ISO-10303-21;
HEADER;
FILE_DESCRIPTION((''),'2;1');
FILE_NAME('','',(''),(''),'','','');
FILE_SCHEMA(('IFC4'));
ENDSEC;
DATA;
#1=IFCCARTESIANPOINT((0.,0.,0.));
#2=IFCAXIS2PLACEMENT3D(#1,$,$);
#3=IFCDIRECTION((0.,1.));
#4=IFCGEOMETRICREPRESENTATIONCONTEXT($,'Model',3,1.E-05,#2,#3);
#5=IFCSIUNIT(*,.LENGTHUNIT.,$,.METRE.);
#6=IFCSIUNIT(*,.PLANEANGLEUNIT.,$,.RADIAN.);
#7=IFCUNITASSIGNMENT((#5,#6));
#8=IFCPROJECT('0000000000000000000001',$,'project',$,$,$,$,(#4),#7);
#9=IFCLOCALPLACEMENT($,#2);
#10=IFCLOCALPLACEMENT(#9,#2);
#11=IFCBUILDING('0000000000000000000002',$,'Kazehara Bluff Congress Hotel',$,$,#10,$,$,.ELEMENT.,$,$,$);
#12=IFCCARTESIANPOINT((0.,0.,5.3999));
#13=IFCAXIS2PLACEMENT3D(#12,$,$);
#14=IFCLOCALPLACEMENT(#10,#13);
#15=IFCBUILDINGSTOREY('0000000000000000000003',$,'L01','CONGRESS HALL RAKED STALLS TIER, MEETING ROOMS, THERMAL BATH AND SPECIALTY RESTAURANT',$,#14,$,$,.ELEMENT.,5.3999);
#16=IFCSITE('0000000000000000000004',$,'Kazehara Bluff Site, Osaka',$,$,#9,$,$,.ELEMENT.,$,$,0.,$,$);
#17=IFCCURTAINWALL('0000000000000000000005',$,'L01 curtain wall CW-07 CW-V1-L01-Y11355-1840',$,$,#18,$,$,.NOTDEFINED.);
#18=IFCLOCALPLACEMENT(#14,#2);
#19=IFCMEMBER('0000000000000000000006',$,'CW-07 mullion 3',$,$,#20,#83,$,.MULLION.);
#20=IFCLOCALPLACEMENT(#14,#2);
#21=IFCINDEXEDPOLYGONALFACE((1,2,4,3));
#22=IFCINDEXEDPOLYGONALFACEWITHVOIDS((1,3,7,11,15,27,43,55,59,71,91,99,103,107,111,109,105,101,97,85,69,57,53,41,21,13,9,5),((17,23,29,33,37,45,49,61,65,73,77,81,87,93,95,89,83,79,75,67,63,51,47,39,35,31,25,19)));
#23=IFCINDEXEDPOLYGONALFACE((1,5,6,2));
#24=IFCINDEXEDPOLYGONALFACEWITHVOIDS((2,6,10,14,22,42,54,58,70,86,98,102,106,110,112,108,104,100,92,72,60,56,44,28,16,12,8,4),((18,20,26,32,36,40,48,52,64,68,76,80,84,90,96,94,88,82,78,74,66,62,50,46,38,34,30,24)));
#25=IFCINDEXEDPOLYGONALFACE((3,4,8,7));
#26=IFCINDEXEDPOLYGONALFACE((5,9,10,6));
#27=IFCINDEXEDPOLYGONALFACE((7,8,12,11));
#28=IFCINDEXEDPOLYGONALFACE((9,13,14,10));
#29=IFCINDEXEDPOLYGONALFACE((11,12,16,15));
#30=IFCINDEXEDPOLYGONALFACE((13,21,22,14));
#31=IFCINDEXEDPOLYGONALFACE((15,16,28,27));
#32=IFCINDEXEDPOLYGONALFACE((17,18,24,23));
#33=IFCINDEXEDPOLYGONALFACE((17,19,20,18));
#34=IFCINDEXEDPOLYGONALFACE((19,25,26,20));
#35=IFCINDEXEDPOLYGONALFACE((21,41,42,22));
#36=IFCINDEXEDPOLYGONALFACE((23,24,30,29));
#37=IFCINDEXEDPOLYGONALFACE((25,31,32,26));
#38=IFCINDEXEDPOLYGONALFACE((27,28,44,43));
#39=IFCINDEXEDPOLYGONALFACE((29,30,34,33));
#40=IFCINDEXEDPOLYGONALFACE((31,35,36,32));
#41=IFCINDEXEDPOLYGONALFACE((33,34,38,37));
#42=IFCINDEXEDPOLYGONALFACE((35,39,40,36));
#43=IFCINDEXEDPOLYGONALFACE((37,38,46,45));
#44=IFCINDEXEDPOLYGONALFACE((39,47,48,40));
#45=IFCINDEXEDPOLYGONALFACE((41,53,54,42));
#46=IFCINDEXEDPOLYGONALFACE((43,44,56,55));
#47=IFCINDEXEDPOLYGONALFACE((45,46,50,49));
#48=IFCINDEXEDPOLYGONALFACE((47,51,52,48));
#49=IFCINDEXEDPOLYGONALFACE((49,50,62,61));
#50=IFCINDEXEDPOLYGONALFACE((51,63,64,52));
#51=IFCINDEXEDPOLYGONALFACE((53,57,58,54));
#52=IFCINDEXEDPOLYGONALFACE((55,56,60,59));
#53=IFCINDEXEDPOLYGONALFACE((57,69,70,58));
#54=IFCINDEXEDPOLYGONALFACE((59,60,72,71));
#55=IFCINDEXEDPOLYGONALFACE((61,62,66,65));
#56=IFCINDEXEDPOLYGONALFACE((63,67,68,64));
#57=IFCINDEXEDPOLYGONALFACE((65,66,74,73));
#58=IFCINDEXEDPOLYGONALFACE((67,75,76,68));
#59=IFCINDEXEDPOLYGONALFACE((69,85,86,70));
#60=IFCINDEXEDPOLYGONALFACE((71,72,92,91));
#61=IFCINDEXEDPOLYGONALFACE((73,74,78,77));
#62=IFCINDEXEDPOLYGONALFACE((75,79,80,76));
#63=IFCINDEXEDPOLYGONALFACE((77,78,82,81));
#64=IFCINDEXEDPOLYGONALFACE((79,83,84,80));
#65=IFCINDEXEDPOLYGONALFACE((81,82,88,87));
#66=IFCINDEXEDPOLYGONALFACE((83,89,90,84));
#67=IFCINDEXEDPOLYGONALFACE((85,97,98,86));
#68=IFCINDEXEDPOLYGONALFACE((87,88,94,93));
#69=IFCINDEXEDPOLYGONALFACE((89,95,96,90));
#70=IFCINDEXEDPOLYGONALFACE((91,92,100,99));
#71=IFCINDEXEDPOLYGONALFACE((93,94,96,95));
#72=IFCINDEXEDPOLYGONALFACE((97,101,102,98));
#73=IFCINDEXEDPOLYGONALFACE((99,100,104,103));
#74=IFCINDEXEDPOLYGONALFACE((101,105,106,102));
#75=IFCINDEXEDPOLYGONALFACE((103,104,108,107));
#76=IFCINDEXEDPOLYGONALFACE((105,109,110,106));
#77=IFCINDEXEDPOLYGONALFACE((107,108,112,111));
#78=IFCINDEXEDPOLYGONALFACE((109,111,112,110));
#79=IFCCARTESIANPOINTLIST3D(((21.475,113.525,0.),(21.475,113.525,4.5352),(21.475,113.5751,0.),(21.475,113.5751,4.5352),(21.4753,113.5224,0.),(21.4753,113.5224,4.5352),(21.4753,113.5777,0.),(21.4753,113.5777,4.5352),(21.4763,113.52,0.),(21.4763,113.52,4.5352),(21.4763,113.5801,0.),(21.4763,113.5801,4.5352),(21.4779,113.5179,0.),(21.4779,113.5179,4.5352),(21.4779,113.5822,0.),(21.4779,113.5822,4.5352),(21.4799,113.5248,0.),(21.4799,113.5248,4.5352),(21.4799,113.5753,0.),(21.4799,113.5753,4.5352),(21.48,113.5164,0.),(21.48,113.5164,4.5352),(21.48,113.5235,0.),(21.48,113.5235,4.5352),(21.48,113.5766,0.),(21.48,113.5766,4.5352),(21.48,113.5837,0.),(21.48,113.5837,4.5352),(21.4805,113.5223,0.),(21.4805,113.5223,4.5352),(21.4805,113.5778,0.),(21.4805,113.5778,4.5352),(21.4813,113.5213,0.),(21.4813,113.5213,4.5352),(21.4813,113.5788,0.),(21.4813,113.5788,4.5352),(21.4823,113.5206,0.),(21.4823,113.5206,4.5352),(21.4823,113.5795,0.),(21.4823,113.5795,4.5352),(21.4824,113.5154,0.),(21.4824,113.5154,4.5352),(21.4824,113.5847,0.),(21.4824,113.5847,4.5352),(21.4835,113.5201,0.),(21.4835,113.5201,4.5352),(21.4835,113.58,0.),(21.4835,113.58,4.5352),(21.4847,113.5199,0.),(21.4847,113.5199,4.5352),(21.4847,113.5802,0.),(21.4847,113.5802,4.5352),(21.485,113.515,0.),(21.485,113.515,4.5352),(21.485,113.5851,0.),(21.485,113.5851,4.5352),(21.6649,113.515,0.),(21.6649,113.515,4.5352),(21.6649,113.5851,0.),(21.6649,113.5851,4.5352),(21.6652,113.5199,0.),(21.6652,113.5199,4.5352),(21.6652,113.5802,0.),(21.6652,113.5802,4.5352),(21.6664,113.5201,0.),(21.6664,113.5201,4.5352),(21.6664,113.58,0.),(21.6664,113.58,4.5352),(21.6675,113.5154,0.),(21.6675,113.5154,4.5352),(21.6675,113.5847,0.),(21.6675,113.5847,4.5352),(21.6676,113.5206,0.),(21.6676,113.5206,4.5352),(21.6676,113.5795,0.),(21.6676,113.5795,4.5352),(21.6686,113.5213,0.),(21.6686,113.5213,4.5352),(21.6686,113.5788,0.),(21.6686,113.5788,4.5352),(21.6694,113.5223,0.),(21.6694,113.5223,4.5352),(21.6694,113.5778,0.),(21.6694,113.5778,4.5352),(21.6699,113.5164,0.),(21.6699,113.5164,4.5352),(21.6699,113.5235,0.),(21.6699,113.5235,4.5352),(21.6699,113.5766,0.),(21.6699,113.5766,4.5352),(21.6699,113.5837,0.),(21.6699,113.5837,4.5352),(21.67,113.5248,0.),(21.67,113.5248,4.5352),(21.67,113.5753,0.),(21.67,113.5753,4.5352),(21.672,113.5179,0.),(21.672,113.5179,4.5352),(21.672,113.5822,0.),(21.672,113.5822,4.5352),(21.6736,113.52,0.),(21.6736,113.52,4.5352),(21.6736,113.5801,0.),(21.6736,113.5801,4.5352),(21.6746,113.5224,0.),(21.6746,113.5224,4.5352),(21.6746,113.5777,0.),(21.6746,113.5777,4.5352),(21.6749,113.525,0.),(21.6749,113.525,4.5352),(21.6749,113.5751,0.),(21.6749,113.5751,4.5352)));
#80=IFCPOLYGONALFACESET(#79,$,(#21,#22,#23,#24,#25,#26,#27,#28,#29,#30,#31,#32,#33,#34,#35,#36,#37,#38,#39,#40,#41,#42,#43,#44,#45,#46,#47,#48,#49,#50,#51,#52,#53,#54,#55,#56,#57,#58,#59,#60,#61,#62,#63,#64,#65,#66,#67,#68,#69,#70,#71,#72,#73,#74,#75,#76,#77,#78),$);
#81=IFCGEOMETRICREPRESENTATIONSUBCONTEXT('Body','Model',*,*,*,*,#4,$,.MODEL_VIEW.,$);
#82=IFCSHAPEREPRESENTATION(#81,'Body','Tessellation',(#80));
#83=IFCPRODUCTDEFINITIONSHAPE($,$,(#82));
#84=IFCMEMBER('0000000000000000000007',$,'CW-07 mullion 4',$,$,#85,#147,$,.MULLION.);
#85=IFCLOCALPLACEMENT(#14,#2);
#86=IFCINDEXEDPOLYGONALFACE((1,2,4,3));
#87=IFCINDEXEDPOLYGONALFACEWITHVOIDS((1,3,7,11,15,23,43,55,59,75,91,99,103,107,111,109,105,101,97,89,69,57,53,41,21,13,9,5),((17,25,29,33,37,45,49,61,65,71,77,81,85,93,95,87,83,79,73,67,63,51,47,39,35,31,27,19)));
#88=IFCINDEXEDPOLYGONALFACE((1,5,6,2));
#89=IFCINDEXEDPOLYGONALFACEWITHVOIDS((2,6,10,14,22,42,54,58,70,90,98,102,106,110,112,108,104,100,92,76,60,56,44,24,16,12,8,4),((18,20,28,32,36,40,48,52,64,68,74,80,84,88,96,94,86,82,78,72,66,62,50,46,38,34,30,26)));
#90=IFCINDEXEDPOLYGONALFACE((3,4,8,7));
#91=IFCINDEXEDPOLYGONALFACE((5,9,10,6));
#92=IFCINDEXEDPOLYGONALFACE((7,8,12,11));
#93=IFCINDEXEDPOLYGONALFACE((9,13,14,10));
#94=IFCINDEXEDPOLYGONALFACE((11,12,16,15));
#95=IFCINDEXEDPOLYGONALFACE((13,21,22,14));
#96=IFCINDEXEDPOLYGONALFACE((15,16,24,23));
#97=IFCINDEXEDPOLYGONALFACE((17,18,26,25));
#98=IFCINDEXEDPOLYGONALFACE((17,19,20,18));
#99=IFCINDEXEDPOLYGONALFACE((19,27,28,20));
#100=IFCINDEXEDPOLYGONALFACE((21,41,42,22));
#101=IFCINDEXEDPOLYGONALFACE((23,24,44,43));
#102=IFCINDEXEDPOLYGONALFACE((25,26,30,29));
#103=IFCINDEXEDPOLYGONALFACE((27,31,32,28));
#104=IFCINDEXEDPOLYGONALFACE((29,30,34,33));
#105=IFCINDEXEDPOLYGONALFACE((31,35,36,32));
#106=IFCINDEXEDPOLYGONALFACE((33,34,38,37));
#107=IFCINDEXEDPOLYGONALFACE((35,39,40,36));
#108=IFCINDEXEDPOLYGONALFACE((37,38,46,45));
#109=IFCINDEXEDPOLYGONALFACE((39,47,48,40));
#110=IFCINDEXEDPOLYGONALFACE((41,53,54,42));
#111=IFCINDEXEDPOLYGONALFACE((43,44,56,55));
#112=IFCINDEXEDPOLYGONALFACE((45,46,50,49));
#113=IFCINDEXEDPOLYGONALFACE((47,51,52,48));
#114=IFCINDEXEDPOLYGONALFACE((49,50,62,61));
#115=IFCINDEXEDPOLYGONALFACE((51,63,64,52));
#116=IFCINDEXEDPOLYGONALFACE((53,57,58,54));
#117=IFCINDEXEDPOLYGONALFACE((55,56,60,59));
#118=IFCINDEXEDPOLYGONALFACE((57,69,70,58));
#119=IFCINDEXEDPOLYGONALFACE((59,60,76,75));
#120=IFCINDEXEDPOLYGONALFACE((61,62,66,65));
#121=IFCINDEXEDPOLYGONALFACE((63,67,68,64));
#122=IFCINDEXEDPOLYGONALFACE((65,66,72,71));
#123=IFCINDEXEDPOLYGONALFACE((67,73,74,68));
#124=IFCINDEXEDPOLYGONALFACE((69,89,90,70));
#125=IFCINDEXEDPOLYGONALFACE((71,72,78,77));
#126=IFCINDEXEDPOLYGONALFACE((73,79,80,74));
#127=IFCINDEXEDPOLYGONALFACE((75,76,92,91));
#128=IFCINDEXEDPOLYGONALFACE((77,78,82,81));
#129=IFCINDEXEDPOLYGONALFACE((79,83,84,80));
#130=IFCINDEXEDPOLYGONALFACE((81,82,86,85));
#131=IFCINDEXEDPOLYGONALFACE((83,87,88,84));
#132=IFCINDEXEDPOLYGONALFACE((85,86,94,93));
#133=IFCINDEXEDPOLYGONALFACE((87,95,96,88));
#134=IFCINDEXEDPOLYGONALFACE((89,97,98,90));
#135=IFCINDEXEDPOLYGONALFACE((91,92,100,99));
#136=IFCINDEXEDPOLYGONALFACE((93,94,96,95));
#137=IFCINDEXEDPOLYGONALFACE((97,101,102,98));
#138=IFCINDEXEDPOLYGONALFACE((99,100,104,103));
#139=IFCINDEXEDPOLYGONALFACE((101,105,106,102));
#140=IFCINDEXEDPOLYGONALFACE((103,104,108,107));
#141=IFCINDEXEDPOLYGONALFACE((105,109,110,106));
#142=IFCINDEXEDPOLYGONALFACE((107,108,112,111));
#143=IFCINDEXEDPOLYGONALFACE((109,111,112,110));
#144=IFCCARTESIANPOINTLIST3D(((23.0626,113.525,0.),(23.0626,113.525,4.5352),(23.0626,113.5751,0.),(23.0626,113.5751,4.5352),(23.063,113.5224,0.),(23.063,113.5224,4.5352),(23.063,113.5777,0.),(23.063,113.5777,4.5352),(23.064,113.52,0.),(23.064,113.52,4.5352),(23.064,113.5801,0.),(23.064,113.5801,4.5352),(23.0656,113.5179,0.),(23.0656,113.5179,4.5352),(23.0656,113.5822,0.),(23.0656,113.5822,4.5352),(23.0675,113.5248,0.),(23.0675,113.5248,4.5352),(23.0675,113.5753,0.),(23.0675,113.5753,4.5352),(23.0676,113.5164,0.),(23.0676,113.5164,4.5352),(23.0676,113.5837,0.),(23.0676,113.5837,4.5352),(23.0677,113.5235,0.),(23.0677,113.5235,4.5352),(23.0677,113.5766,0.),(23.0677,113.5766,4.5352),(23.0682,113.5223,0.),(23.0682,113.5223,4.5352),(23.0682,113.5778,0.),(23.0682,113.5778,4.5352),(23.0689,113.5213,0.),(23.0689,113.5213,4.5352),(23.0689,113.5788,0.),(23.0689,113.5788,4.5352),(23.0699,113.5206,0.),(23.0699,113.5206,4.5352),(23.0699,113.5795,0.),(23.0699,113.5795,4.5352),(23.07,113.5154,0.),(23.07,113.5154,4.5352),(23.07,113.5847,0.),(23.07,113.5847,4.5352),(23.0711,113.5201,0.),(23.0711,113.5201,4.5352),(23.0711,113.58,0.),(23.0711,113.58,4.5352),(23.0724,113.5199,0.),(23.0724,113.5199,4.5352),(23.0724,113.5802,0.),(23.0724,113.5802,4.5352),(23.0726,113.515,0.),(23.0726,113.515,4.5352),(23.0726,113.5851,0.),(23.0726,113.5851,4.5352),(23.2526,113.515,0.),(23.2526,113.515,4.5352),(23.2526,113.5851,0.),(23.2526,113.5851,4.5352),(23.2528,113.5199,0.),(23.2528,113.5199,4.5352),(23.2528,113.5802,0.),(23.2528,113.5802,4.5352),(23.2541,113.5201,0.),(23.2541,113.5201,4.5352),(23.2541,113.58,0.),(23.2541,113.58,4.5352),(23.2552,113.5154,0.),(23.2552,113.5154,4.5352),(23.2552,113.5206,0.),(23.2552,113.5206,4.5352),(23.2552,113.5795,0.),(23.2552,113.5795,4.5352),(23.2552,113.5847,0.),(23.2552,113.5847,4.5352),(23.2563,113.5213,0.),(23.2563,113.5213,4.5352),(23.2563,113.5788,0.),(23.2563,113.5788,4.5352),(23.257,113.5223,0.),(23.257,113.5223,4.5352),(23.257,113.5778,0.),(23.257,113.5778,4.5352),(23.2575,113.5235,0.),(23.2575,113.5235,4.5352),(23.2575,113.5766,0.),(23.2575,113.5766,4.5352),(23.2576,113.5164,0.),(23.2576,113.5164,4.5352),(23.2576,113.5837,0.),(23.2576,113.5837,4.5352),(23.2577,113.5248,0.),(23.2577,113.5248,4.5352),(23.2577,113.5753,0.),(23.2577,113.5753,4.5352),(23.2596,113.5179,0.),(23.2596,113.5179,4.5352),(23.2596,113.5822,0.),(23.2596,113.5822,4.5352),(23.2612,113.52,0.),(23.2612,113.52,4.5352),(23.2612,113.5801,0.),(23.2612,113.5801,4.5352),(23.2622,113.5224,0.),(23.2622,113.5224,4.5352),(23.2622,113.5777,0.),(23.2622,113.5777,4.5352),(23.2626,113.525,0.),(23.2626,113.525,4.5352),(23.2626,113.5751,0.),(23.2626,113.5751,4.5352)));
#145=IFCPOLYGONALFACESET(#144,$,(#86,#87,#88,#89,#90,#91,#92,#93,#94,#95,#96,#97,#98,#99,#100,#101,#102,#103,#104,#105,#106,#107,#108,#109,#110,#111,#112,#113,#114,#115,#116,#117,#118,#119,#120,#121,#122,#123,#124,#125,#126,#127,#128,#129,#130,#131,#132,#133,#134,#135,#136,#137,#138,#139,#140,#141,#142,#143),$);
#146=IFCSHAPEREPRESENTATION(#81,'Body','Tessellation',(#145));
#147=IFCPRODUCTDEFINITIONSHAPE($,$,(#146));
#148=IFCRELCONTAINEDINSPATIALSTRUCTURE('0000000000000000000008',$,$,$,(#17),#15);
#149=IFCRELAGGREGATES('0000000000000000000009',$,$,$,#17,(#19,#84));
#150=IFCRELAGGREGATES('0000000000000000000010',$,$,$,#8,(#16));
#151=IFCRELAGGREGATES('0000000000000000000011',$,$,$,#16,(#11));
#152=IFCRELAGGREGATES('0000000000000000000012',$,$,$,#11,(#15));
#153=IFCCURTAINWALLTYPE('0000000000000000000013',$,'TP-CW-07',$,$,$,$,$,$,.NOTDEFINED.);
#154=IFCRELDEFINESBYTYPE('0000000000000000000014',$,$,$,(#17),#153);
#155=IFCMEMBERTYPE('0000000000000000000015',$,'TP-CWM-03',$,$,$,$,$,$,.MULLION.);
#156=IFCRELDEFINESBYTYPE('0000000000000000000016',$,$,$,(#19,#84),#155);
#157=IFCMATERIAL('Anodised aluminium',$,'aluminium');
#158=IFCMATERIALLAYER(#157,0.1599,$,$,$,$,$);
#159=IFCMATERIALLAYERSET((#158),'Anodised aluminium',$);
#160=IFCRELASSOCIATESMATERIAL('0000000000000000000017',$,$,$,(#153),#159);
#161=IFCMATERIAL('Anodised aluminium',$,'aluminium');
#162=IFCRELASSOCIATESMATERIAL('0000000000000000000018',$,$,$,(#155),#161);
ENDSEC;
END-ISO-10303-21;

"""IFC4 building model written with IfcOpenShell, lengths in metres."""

from ifc_helpers import new_model, si_unit, direction, frame, origin, origin_2d, place, context, subcontext, project, spatial, hollow_rectangle, extrude, material, layer, layer_set, material_profile, profile_set, type_object, element, aggregate, save


model = new_model("IFC4")

# Units and contexts
model_context = context("Model", 3, precision=1e-05, world=origin(), true_north=direction((0.0, 1.0)))
body_context = subcontext(model_context, "Body", "Model", "MODEL_VIEW")
ifc_project = project(units=[si_unit("LENGTHUNIT", "METRE"), si_unit("PLANEANGLEUNIT", "RADIAN")], contexts=[model_context])

# Site, building, storey
site_placement = place(None, origin())
site = spatial("IfcSite", under=ifc_project, at=site_placement, Name="Kazehara Bluff Site, Osaka", CompositionType="ELEMENT", RefElevation=0.0)
building_placement = place(site_placement, origin())
building = spatial("IfcBuilding", under=site, at=building_placement, Name="Kazehara Bluff Congress Hotel", CompositionType="ELEMENT")
storey_placement = place(building_placement, frame((0.0, 0.0, 5.3999)))
storey = spatial("IfcBuildingStorey", under=building, at=storey_placement, Name="L01", Description="CONGRESS HALL RAKED STALLS TIER, MEETING ROOMS, THERMAL BATH AND SPECIALTY RESTAURANT", CompositionType="ELEMENT", Elevation=5.3999)

# Curtain wall, members
ifc_material_1 = material(Name="Anodised aluminium", Category="aluminium")
ifc_layer_1 = layer(ifc_material_1, 0.1599)
ifc_layer_set_1 = layer_set([ifc_layer_1], Name="Anodised aluminium")
curtain_wall_type = type_object("IfcCurtainWallType", Name="TP-CW-07", PredefinedType="NOTDEFINED", material=ifc_layer_set_1)
curtain_wall_placement = place(storey_placement, origin())
curtain_wall = element("IfcCurtainWall", 1, at=curtain_wall_placement, inside=storey, type_object=curtain_wall_type, Name="L01 curtain wall CW-07 CW-V1-L01-Y11355-1840", PredefinedType="NOTDEFINED")
ifc_material_2 = material(Name="Anodised aluminium", Category="aluminium")
ifc_material_profile_1 = material_profile(ifc_material_2, hollow_rectangle(XDim=0.0701, YDim=0.2, WallThickness=0.0049, InnerFilletRadius=0.0049, OuterFilletRadius=0.01, at=origin_2d()))
ifc_profile_set_1 = profile_set([ifc_material_profile_1], Name="Anodised aluminium")
member_type_1 = type_object("IfcMemberType", Name="TP-CWM-03", PredefinedType="MULLION", material=ifc_profile_set_1)
member_1_placement = place(storey_placement, frame((21.575, 113.55, 0.0), z_axis=(0.0, 0.0, 1.0), x_axis=(0.0, 1.0, 0.0)))
member_1 = element("IfcMember", 2, at=member_1_placement, type_object=member_type_1, Name="CW-07 mullion 3", PredefinedType="MULLION", context=body_context, shape_type="SweptSolid", body=[
    extrude(hollow_rectangle(XDim=0.0701, YDim=0.2, WallThickness=0.0049, InnerFilletRadius=0.0049, OuterFilletRadius=0.01, at=origin_2d()), origin(), (0.0, 0.0, 1.0), 4.5352),
])
member_2_placement = place(storey_placement, frame((23.1626, 113.55, 0.0), z_axis=(0.0, 0.0, 1.0), x_axis=(0.0, 1.0, 0.0)))
member_2 = element("IfcMember", 3, at=member_2_placement, type_object=member_type_1, Name="CW-07 mullion 4", PredefinedType="MULLION", context=body_context, shape_type="SweptSolid", body=[
    extrude(hollow_rectangle(XDim=0.0701, YDim=0.2, WallThickness=0.0049, InnerFilletRadius=0.0049, OuterFilletRadius=0.01, at=origin_2d()), origin(), (0.0, 0.0, 1.0), 4.5352),
])

aggregate(curtain_wall, [member_1, member_2])

save(model, "model.ifc")
